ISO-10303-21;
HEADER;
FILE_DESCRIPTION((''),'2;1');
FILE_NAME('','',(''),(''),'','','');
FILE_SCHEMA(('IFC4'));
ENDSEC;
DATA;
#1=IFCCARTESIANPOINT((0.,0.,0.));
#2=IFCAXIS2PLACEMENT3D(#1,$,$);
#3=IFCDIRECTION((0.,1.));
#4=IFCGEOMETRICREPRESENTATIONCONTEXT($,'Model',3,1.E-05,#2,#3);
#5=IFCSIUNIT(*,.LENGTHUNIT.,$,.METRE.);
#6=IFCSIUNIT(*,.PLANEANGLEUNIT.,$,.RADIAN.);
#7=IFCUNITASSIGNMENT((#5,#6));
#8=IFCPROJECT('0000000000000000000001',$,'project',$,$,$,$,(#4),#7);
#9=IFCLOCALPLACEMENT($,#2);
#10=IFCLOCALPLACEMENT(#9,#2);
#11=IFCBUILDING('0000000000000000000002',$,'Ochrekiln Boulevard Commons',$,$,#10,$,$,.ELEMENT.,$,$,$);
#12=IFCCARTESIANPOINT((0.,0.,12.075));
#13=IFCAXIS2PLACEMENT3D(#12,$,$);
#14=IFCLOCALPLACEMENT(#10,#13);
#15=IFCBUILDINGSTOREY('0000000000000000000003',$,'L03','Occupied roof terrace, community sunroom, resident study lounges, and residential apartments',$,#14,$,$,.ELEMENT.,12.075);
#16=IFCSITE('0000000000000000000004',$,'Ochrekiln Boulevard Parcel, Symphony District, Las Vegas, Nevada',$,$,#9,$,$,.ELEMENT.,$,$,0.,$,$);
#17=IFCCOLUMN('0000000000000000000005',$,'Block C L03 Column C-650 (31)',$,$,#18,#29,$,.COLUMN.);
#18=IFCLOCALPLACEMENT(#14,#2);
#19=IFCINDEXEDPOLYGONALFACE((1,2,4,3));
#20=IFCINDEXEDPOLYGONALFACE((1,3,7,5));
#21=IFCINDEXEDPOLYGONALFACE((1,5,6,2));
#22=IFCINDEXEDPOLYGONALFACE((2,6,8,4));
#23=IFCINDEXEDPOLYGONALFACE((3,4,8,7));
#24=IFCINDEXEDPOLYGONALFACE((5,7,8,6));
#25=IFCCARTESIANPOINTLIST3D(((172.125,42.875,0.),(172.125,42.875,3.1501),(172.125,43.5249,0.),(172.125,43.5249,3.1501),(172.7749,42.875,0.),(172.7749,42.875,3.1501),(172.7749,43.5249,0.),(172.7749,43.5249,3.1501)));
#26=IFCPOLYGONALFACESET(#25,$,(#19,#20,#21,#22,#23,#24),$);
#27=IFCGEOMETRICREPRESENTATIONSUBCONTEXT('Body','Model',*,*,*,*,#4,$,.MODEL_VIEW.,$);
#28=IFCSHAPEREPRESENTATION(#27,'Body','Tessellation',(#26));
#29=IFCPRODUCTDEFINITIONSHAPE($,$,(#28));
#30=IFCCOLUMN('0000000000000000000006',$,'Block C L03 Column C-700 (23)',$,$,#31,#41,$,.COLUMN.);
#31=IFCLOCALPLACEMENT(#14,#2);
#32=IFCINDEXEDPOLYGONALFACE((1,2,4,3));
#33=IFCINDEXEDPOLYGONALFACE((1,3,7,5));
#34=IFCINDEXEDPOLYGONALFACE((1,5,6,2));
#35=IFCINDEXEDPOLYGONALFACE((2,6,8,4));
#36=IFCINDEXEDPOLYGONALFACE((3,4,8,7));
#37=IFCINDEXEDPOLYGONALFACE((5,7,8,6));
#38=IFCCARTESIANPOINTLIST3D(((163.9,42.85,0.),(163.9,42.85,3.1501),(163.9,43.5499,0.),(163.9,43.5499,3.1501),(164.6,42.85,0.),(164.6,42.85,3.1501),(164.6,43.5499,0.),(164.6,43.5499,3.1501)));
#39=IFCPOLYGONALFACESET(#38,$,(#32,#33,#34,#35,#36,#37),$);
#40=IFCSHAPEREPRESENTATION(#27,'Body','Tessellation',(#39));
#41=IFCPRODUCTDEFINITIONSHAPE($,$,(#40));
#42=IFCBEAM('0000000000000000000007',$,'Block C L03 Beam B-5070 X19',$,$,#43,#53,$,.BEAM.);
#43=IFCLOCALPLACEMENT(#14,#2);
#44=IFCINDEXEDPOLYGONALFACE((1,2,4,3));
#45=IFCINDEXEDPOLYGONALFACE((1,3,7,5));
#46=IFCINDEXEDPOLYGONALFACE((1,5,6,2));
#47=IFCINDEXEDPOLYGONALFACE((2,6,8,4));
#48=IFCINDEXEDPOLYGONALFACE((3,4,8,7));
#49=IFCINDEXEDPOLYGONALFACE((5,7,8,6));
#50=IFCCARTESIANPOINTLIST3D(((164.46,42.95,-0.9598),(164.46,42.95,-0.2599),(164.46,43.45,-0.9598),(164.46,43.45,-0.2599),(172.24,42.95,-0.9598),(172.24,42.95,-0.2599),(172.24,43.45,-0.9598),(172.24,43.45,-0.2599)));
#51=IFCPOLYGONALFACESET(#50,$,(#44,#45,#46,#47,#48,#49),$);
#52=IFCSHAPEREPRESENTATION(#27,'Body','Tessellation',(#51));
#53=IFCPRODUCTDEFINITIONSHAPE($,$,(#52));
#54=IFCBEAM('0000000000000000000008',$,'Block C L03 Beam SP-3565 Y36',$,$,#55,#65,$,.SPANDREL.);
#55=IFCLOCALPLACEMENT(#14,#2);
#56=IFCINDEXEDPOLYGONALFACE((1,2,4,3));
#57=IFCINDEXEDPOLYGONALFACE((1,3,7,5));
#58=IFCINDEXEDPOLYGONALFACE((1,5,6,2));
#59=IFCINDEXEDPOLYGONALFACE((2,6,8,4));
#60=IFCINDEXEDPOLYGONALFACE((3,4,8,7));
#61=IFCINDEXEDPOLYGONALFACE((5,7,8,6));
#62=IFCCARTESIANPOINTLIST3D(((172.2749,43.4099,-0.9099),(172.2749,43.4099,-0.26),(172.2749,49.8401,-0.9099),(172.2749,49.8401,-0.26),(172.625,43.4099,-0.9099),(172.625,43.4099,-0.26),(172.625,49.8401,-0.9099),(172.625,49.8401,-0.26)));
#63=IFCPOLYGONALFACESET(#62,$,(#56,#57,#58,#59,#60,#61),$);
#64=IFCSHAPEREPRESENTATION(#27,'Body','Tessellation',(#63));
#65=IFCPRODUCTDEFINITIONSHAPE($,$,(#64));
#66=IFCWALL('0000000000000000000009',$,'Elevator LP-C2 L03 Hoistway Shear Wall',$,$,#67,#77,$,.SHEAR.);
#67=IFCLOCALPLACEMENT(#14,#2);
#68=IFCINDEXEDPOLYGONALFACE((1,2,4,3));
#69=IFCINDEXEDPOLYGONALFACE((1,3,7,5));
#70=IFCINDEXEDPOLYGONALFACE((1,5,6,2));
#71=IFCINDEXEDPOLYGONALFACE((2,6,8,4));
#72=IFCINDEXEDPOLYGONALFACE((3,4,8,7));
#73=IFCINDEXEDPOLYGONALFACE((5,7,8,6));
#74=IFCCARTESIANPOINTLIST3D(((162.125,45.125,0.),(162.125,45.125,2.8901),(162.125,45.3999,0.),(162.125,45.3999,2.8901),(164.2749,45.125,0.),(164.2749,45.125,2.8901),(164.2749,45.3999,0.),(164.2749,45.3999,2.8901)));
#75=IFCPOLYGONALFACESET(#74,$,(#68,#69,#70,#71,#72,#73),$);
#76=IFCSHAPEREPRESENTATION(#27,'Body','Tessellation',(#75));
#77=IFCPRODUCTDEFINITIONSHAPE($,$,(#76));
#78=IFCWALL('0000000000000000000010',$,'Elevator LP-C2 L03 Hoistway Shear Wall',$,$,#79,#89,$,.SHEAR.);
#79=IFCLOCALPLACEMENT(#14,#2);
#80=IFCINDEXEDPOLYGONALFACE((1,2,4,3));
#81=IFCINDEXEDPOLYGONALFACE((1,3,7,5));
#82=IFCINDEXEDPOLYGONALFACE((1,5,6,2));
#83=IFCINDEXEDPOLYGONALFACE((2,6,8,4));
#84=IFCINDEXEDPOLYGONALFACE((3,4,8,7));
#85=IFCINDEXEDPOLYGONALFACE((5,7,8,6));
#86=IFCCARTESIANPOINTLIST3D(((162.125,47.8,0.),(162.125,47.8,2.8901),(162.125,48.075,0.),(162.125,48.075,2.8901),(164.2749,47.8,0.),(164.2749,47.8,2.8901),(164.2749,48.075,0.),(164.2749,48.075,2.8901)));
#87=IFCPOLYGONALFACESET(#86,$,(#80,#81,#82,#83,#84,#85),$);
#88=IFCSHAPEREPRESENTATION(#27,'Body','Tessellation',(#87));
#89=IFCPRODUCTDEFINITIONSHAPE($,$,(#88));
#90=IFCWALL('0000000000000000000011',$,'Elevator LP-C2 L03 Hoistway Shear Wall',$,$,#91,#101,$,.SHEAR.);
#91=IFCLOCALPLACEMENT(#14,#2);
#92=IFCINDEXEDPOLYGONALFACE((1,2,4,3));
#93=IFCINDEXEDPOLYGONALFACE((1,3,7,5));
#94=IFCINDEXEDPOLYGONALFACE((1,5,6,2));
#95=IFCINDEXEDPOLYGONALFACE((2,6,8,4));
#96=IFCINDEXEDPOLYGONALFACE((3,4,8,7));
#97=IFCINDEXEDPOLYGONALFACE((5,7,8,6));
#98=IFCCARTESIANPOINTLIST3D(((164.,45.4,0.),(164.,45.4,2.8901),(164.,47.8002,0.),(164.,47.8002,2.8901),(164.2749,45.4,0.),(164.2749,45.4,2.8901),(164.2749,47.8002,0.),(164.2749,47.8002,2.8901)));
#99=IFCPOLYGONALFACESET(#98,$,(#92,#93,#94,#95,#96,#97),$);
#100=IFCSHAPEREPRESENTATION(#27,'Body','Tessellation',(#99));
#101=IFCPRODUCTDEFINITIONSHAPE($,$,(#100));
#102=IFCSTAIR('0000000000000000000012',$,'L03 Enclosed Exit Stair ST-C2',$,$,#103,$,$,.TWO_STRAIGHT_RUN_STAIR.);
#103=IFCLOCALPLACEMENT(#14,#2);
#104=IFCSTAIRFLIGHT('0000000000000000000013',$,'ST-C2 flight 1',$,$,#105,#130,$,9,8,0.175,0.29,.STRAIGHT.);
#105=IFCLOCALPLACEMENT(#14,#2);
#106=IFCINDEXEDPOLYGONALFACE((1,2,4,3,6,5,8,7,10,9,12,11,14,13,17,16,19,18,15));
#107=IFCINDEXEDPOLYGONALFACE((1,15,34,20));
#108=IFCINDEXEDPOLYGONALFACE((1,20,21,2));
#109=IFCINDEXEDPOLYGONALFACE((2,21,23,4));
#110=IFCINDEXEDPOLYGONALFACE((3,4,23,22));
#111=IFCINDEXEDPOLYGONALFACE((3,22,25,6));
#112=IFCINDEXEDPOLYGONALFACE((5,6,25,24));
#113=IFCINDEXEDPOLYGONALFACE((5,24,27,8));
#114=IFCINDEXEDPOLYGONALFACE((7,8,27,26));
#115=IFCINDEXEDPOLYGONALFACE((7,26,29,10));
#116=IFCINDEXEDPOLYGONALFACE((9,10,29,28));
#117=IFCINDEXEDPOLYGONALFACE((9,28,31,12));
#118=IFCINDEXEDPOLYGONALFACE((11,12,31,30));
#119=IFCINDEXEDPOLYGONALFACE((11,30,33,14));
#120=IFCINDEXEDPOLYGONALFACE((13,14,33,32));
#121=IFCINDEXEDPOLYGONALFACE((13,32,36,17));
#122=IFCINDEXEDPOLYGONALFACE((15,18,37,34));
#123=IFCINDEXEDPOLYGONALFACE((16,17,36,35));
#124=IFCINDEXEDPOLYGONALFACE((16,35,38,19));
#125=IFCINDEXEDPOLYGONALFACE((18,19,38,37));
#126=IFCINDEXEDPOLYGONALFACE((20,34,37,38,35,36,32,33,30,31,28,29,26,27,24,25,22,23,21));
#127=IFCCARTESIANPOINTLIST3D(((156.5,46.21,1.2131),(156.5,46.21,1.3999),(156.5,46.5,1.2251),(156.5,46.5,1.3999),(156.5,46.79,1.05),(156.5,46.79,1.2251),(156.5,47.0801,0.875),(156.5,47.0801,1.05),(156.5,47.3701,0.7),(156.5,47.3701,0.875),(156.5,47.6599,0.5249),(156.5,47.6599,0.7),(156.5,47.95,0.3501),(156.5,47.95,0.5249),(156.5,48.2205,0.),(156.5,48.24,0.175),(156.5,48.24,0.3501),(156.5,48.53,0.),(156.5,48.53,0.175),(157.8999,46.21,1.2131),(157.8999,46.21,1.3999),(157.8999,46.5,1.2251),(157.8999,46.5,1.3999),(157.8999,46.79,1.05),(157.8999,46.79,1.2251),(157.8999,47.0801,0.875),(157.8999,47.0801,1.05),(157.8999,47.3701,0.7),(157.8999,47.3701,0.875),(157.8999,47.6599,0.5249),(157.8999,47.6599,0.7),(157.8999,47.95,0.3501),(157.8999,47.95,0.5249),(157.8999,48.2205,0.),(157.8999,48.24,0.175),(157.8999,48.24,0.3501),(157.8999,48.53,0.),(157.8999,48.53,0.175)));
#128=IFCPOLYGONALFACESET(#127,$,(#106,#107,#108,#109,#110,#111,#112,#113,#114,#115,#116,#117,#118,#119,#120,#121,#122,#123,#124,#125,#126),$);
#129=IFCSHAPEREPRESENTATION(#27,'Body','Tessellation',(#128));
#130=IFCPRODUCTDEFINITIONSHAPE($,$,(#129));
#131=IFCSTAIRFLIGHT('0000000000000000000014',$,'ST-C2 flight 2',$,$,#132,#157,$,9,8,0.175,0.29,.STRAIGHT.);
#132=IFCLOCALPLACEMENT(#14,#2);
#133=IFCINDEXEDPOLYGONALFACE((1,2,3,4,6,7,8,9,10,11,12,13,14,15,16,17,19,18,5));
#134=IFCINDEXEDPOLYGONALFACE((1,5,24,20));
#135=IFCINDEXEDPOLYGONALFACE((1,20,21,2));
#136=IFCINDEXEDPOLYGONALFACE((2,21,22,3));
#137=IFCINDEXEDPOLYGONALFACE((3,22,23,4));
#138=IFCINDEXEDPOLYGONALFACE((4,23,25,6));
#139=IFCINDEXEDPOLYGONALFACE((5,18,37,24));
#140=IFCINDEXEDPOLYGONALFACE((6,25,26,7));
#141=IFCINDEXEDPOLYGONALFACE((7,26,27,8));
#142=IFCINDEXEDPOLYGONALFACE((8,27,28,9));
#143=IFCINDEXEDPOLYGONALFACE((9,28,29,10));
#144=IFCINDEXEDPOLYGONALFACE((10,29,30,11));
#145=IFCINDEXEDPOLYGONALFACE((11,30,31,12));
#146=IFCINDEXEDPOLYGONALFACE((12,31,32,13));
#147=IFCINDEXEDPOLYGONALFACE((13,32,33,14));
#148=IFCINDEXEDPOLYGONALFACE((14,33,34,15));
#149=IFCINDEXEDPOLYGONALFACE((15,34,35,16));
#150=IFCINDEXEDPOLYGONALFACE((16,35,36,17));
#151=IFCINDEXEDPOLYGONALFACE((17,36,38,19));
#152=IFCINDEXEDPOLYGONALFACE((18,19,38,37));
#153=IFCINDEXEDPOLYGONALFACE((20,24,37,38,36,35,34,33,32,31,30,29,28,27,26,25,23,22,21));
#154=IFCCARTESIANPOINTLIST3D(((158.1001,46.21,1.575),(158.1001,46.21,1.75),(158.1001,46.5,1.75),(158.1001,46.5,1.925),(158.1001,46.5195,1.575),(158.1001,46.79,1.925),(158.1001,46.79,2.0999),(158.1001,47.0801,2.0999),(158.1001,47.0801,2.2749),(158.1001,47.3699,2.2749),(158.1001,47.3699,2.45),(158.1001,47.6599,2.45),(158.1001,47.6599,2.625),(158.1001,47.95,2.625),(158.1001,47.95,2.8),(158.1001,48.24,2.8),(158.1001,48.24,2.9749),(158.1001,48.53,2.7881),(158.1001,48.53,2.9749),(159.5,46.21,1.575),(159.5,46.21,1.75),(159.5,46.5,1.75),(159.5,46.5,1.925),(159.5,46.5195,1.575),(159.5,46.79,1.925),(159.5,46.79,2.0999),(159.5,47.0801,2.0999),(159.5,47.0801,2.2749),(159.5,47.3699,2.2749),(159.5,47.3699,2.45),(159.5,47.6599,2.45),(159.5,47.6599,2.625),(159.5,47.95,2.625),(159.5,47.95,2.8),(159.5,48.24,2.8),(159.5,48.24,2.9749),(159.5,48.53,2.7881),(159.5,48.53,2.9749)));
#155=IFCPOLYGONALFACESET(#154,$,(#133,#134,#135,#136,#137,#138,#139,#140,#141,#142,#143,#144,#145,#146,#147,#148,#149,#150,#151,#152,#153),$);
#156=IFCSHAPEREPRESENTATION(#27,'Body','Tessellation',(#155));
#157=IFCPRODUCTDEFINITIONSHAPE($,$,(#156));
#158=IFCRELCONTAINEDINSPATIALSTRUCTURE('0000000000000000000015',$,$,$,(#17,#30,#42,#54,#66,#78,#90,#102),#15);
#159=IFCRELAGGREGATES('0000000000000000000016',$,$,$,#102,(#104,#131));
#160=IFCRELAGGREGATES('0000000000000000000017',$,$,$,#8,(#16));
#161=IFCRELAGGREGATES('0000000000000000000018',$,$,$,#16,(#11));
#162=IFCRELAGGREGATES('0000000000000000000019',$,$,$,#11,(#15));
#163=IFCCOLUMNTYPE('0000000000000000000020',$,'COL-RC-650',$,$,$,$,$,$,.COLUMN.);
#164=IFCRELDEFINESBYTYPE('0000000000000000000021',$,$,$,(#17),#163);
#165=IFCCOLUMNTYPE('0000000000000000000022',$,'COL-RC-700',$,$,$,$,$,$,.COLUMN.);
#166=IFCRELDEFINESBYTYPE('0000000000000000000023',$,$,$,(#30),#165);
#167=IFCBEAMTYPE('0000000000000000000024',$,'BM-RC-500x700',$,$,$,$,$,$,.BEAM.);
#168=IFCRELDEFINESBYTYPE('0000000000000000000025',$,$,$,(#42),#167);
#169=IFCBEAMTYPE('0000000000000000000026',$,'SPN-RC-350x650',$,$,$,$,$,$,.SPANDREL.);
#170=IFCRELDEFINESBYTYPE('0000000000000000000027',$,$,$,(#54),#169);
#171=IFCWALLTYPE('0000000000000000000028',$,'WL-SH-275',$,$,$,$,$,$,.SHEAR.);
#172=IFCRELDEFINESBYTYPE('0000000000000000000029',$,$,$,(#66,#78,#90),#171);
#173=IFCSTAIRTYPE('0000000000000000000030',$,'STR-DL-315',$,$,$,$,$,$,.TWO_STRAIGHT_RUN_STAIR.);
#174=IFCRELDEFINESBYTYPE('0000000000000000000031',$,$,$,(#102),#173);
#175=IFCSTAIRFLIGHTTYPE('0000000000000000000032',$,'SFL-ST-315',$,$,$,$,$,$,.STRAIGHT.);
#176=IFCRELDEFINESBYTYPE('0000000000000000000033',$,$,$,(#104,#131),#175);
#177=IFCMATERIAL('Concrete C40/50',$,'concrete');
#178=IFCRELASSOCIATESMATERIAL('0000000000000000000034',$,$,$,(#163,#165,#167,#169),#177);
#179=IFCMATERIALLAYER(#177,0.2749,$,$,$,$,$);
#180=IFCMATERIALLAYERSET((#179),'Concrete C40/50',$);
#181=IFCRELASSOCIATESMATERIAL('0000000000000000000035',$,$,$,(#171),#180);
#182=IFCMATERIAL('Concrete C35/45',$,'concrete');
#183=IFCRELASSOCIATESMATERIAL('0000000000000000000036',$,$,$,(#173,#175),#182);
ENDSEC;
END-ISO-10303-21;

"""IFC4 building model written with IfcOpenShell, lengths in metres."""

from ifc_helpers import new_model, si_unit, direction, frame, frame_2d, origin, origin_2d, place, context, subcontext, project, spatial, polyline, rectangle, outline, extrude, material, layer, layer_set, material_profile, profile_set, type_object, element, aggregate, save


model = new_model("IFC4")

# Units and contexts
model_context = context("Model", 3, precision=1e-05, world=origin(), true_north=direction((0.0, 1.0)))
body_context = subcontext(model_context, "Body", "Model", "MODEL_VIEW")
ifc_project = project(units=[si_unit("LENGTHUNIT", "METRE"), si_unit("PLANEANGLEUNIT", "RADIAN")], contexts=[model_context])

# Site, building, storey
site_placement = place(None, origin())
site = spatial("IfcSite", under=ifc_project, at=site_placement, Name="Ochrekiln Boulevard Parcel, Symphony District, Las Vegas, Nevada", CompositionType="ELEMENT", RefElevation=0.0)
building_placement = place(site_placement, origin())
building = spatial("IfcBuilding", under=site, at=building_placement, Name="Ochrekiln Boulevard Commons", CompositionType="ELEMENT")
storey_placement = place(building_placement, frame((0.0, 0.0, 12.075)))
storey = spatial("IfcBuildingStorey", under=building, at=storey_placement, Name="L03", Description="Occupied roof terrace, community sunroom, resident study lounges, and residential apartments", CompositionType="ELEMENT", Elevation=12.075)

# Columns
ifc_material_1 = material(Name="Concrete C40/50", Category="concrete")
ifc_material_profile_1 = material_profile(ifc_material_1, rectangle(XDim=0.6499, YDim=0.6499, at=origin_2d()), Name="RC-COL-650x650")
ifc_profile_set_1 = profile_set([ifc_material_profile_1], Name="Concrete C40/50")
column_type_1 = type_object("IfcColumnType", Name="COL-RC-650", PredefinedType="COLUMN", material=ifc_profile_set_1)
column_1_placement = place(storey_placement, frame((172.45, 43.2, 0.0), z_axis=(0.0, 0.0, 1.0), x_axis=(1.0, 0.0, 0.0)))
element("IfcColumn", 1, at=column_1_placement, inside=storey, type_object=column_type_1, Name="Block C L03 Column C-650 (31)", PredefinedType="COLUMN", context=body_context, shape_type="SweptSolid", body=[
    extrude(rectangle(XDim=0.6499, YDim=0.6499, at=origin_2d()), origin(), (0.0, 0.0, 1.0), 3.1501),
])
ifc_material_profile_2 = material_profile(ifc_material_1, rectangle(XDim=0.7, YDim=0.7, at=origin_2d()), Name="RC-COL-700x700")
ifc_profile_set_2 = profile_set([ifc_material_profile_2], Name="Concrete C40/50")
column_type_2 = type_object("IfcColumnType", Name="COL-RC-700", PredefinedType="COLUMN", material=ifc_profile_set_2)
column_2_placement = place(storey_placement, frame((164.25, 43.2, 0.0), z_axis=(0.0, 0.0, 1.0), x_axis=(1.0, 0.0, 0.0)))
element("IfcColumn", 2, at=column_2_placement, inside=storey, type_object=column_type_2, Name="Block C L03 Column C-700 (23)", PredefinedType="COLUMN", context=body_context, shape_type="SweptSolid", body=[
    extrude(rectangle(XDim=0.7, YDim=0.7, at=origin_2d()), origin(), (0.0, 0.0, 1.0), 3.1501),
])

# Beams
ifc_material_profile_3 = material_profile(ifc_material_1, rectangle(XDim=0.5, YDim=0.7, at=origin_2d()), Name="RC-BM-500x700")
ifc_profile_set_3 = profile_set([ifc_material_profile_3], Name="Concrete C40/50")
beam_type_1 = type_object("IfcBeamType", Name="BM-RC-500x700", PredefinedType="BEAM", material=ifc_profile_set_3)
beam_1_placement = place(storey_placement, frame((164.46, 43.2, -0.6099), z_axis=(1.0, 0.0, 0.0), x_axis=(0.0, 1.0, 0.0)))
element("IfcBeam", 3, at=beam_1_placement, inside=storey, type_object=beam_type_1, Name="Block C L03 Beam B-5070 X19", PredefinedType="BEAM", context=body_context, shape_type="SweptSolid", body=[
    extrude(rectangle(XDim=0.5, YDim=0.7, at=origin_2d()), origin(), (0.0, 0.0, 1.0), 7.78),
])
ifc_material_profile_4 = material_profile(ifc_material_1, rectangle(XDim=0.3501, YDim=0.6499, at=origin_2d()), Name="RC-SPN-350x650")
ifc_profile_set_4 = profile_set([ifc_material_profile_4], Name="Concrete C40/50")
beam_type_2 = type_object("IfcBeamType", Name="SPN-RC-350x650", PredefinedType="SPANDREL", material=ifc_profile_set_4)
beam_2_placement = place(storey_placement, frame((172.45, 43.4099, -0.585), z_axis=(0.0, 1.0, 0.0), x_axis=(-1.0, 0.0, 0.0)))
element("IfcBeam", 4, at=beam_2_placement, inside=storey, type_object=beam_type_2, Name="Block C L03 Beam SP-3565 Y36", PredefinedType="SPANDREL", context=body_context, shape_type="SweptSolid", body=[
    extrude(rectangle(XDim=0.3501, YDim=0.6499, at=origin_2d()), origin(), (0.0, 0.0, 1.0), 6.4302),
])

# Walls
ifc_layer_1 = layer(ifc_material_1, 0.2749)
ifc_layer_set_1 = layer_set([ifc_layer_1], Name="Concrete C40/50")
wall_type_1 = type_object("IfcWallType", Name="WL-SH-275", PredefinedType="SHEAR", material=ifc_layer_set_1)
for number, where, z_axis, x_axis, name in (
    (5, (162.125, 45.2625, 0.0), (0.0, 0.0, 1.0), (1.0, 0.0, 0.0), "Elevator LP-C2 L03 Hoistway Shear Wall"),
    (6, (162.125, 47.9375, 0.0), (0.0, 0.0, 1.0), (1.0, 0.0, 0.0), "Elevator LP-C2 L03 Hoistway Shear Wall"),
):
    element("IfcWall", number, at=place(storey_placement, frame(where, z_axis=z_axis, x_axis=x_axis)), inside=storey, type_object=wall_type_1, Name=name, PredefinedType="SHEAR", context=body_context, shape_type="SweptSolid", body=[
        extrude(rectangle(XDim=2.1499, YDim=0.2749, at=frame_2d((1.075, 0.0))), origin(), (0.0, 0.0, 1.0), 2.8901),
    ])

# Wall
wall_1_placement = place(storey_placement, frame((164.1375, 45.3999, 0.0), z_axis=(0.0, 0.0, 1.0), x_axis=(0.0, 1.0, 0.0)))
element("IfcWall", 7, at=wall_1_placement, inside=storey, type_object=wall_type_1, Name="Elevator LP-C2 L03 Hoistway Shear Wall", PredefinedType="SHEAR", context=body_context, shape_type="SweptSolid", body=[
    extrude(rectangle(XDim=2.4001, YDim=0.2749, at=frame_2d((1.2002, 0.0))), origin(), (0.0, 0.0, 1.0), 2.8901),
])

# Stair, stair flights
ifc_material_2 = material(Name="Concrete C35/45", Category="concrete")
stair_type = type_object("IfcStairType", Name="STR-DL-315", PredefinedType="TWO_STRAIGHT_RUN_STAIR", material=ifc_material_2)
stair_placement = place(storey_placement, origin())
stair = element("IfcStair", 8, at=stair_placement, inside=storey, type_object=stair_type, Name="L03 Enclosed Exit Stair ST-C2", PredefinedType="TWO_STRAIGHT_RUN_STAIR")
stair_flight_type = type_object("IfcStairFlightType", Name="SFL-ST-315", PredefinedType="STRAIGHT", material=ifc_material_2)
stair_flight_1_placement = place(storey_placement, frame((157.2, 48.53, 0.0), z_axis=(0.0, 0.0, 1.0), x_axis=(0.0, -1.0, 0.0)))
stair_flight_1 = element("IfcStairFlight", 9, at=stair_flight_1_placement, type_object=stair_flight_type, Name="ST-C2 flight 1", NumberOfRisers=9, NumberOfTreads=8, PredefinedType="STRAIGHT", RiserHeight=0.175, TreadLength=0.29, context=body_context, shape_type="SweptSolid", body=[
    extrude(outline(polyline([(0.0, 0.0), (0.0, 0.175), (0.29, 0.175), (0.29, 0.3501), (0.5801, 0.3501), (0.5801, 0.5249), (0.8701, 0.5249), (0.8701, 0.7), (1.1599, 0.7), (1.1599, 0.875), (1.45, 0.875), (1.45, 1.05), (1.74, 1.05), (1.74, 1.2251), (2.03, 1.2251), (2.03, 1.3999), (2.3201, 1.3999), (2.3201, 1.575), (2.3201, 1.2131), (0.3096, 0.0), (0.0, 0.0)])), frame((0.0, 0.7, 0.0), z_axis=(0.0, -1.0, 0.0), x_axis=(1.0, 0.0, 0.0)), (0.0, 0.0, 1.0), 1.3999),
])
stair_flight_2_placement = place(storey_placement, frame((158.8, 46.21, 1.575), z_axis=(0.0, 0.0, 1.0), x_axis=(0.0, 1.0, 0.0)))
stair_flight_2 = element("IfcStairFlight", 10, at=stair_flight_2_placement, type_object=stair_flight_type, Name="ST-C2 flight 2", NumberOfRisers=9, NumberOfTreads=8, PredefinedType="STRAIGHT", RiserHeight=0.175, TreadLength=0.29, context=body_context, shape_type="SweptSolid", body=[
    extrude(outline(polyline([(0.0, 0.0), (0.0, 0.175), (0.29, 0.175), (0.29, 0.3501), (0.5801, 0.3501), (0.5801, 0.5249), (0.8701, 0.5249), (0.8701, 0.7), (1.1599, 0.7), (1.1599, 0.875), (1.45, 0.875), (1.45, 1.05), (1.74, 1.05), (1.74, 1.2251), (2.03, 1.2251), (2.03, 1.3999), (2.3201, 1.3999), (2.3201, 1.575), (2.3201, 1.2131), (0.3096, 0.0), (0.0, 0.0)])), frame((0.0, 0.7, 0.0), z_axis=(0.0, -1.0, 0.0), x_axis=(1.0, 0.0, 0.0)), (0.0, 0.0, 1.0), 1.3999),
])
aggregate(stair, [stair_flight_1, stair_flight_2])

save(model, "model.ifc")
